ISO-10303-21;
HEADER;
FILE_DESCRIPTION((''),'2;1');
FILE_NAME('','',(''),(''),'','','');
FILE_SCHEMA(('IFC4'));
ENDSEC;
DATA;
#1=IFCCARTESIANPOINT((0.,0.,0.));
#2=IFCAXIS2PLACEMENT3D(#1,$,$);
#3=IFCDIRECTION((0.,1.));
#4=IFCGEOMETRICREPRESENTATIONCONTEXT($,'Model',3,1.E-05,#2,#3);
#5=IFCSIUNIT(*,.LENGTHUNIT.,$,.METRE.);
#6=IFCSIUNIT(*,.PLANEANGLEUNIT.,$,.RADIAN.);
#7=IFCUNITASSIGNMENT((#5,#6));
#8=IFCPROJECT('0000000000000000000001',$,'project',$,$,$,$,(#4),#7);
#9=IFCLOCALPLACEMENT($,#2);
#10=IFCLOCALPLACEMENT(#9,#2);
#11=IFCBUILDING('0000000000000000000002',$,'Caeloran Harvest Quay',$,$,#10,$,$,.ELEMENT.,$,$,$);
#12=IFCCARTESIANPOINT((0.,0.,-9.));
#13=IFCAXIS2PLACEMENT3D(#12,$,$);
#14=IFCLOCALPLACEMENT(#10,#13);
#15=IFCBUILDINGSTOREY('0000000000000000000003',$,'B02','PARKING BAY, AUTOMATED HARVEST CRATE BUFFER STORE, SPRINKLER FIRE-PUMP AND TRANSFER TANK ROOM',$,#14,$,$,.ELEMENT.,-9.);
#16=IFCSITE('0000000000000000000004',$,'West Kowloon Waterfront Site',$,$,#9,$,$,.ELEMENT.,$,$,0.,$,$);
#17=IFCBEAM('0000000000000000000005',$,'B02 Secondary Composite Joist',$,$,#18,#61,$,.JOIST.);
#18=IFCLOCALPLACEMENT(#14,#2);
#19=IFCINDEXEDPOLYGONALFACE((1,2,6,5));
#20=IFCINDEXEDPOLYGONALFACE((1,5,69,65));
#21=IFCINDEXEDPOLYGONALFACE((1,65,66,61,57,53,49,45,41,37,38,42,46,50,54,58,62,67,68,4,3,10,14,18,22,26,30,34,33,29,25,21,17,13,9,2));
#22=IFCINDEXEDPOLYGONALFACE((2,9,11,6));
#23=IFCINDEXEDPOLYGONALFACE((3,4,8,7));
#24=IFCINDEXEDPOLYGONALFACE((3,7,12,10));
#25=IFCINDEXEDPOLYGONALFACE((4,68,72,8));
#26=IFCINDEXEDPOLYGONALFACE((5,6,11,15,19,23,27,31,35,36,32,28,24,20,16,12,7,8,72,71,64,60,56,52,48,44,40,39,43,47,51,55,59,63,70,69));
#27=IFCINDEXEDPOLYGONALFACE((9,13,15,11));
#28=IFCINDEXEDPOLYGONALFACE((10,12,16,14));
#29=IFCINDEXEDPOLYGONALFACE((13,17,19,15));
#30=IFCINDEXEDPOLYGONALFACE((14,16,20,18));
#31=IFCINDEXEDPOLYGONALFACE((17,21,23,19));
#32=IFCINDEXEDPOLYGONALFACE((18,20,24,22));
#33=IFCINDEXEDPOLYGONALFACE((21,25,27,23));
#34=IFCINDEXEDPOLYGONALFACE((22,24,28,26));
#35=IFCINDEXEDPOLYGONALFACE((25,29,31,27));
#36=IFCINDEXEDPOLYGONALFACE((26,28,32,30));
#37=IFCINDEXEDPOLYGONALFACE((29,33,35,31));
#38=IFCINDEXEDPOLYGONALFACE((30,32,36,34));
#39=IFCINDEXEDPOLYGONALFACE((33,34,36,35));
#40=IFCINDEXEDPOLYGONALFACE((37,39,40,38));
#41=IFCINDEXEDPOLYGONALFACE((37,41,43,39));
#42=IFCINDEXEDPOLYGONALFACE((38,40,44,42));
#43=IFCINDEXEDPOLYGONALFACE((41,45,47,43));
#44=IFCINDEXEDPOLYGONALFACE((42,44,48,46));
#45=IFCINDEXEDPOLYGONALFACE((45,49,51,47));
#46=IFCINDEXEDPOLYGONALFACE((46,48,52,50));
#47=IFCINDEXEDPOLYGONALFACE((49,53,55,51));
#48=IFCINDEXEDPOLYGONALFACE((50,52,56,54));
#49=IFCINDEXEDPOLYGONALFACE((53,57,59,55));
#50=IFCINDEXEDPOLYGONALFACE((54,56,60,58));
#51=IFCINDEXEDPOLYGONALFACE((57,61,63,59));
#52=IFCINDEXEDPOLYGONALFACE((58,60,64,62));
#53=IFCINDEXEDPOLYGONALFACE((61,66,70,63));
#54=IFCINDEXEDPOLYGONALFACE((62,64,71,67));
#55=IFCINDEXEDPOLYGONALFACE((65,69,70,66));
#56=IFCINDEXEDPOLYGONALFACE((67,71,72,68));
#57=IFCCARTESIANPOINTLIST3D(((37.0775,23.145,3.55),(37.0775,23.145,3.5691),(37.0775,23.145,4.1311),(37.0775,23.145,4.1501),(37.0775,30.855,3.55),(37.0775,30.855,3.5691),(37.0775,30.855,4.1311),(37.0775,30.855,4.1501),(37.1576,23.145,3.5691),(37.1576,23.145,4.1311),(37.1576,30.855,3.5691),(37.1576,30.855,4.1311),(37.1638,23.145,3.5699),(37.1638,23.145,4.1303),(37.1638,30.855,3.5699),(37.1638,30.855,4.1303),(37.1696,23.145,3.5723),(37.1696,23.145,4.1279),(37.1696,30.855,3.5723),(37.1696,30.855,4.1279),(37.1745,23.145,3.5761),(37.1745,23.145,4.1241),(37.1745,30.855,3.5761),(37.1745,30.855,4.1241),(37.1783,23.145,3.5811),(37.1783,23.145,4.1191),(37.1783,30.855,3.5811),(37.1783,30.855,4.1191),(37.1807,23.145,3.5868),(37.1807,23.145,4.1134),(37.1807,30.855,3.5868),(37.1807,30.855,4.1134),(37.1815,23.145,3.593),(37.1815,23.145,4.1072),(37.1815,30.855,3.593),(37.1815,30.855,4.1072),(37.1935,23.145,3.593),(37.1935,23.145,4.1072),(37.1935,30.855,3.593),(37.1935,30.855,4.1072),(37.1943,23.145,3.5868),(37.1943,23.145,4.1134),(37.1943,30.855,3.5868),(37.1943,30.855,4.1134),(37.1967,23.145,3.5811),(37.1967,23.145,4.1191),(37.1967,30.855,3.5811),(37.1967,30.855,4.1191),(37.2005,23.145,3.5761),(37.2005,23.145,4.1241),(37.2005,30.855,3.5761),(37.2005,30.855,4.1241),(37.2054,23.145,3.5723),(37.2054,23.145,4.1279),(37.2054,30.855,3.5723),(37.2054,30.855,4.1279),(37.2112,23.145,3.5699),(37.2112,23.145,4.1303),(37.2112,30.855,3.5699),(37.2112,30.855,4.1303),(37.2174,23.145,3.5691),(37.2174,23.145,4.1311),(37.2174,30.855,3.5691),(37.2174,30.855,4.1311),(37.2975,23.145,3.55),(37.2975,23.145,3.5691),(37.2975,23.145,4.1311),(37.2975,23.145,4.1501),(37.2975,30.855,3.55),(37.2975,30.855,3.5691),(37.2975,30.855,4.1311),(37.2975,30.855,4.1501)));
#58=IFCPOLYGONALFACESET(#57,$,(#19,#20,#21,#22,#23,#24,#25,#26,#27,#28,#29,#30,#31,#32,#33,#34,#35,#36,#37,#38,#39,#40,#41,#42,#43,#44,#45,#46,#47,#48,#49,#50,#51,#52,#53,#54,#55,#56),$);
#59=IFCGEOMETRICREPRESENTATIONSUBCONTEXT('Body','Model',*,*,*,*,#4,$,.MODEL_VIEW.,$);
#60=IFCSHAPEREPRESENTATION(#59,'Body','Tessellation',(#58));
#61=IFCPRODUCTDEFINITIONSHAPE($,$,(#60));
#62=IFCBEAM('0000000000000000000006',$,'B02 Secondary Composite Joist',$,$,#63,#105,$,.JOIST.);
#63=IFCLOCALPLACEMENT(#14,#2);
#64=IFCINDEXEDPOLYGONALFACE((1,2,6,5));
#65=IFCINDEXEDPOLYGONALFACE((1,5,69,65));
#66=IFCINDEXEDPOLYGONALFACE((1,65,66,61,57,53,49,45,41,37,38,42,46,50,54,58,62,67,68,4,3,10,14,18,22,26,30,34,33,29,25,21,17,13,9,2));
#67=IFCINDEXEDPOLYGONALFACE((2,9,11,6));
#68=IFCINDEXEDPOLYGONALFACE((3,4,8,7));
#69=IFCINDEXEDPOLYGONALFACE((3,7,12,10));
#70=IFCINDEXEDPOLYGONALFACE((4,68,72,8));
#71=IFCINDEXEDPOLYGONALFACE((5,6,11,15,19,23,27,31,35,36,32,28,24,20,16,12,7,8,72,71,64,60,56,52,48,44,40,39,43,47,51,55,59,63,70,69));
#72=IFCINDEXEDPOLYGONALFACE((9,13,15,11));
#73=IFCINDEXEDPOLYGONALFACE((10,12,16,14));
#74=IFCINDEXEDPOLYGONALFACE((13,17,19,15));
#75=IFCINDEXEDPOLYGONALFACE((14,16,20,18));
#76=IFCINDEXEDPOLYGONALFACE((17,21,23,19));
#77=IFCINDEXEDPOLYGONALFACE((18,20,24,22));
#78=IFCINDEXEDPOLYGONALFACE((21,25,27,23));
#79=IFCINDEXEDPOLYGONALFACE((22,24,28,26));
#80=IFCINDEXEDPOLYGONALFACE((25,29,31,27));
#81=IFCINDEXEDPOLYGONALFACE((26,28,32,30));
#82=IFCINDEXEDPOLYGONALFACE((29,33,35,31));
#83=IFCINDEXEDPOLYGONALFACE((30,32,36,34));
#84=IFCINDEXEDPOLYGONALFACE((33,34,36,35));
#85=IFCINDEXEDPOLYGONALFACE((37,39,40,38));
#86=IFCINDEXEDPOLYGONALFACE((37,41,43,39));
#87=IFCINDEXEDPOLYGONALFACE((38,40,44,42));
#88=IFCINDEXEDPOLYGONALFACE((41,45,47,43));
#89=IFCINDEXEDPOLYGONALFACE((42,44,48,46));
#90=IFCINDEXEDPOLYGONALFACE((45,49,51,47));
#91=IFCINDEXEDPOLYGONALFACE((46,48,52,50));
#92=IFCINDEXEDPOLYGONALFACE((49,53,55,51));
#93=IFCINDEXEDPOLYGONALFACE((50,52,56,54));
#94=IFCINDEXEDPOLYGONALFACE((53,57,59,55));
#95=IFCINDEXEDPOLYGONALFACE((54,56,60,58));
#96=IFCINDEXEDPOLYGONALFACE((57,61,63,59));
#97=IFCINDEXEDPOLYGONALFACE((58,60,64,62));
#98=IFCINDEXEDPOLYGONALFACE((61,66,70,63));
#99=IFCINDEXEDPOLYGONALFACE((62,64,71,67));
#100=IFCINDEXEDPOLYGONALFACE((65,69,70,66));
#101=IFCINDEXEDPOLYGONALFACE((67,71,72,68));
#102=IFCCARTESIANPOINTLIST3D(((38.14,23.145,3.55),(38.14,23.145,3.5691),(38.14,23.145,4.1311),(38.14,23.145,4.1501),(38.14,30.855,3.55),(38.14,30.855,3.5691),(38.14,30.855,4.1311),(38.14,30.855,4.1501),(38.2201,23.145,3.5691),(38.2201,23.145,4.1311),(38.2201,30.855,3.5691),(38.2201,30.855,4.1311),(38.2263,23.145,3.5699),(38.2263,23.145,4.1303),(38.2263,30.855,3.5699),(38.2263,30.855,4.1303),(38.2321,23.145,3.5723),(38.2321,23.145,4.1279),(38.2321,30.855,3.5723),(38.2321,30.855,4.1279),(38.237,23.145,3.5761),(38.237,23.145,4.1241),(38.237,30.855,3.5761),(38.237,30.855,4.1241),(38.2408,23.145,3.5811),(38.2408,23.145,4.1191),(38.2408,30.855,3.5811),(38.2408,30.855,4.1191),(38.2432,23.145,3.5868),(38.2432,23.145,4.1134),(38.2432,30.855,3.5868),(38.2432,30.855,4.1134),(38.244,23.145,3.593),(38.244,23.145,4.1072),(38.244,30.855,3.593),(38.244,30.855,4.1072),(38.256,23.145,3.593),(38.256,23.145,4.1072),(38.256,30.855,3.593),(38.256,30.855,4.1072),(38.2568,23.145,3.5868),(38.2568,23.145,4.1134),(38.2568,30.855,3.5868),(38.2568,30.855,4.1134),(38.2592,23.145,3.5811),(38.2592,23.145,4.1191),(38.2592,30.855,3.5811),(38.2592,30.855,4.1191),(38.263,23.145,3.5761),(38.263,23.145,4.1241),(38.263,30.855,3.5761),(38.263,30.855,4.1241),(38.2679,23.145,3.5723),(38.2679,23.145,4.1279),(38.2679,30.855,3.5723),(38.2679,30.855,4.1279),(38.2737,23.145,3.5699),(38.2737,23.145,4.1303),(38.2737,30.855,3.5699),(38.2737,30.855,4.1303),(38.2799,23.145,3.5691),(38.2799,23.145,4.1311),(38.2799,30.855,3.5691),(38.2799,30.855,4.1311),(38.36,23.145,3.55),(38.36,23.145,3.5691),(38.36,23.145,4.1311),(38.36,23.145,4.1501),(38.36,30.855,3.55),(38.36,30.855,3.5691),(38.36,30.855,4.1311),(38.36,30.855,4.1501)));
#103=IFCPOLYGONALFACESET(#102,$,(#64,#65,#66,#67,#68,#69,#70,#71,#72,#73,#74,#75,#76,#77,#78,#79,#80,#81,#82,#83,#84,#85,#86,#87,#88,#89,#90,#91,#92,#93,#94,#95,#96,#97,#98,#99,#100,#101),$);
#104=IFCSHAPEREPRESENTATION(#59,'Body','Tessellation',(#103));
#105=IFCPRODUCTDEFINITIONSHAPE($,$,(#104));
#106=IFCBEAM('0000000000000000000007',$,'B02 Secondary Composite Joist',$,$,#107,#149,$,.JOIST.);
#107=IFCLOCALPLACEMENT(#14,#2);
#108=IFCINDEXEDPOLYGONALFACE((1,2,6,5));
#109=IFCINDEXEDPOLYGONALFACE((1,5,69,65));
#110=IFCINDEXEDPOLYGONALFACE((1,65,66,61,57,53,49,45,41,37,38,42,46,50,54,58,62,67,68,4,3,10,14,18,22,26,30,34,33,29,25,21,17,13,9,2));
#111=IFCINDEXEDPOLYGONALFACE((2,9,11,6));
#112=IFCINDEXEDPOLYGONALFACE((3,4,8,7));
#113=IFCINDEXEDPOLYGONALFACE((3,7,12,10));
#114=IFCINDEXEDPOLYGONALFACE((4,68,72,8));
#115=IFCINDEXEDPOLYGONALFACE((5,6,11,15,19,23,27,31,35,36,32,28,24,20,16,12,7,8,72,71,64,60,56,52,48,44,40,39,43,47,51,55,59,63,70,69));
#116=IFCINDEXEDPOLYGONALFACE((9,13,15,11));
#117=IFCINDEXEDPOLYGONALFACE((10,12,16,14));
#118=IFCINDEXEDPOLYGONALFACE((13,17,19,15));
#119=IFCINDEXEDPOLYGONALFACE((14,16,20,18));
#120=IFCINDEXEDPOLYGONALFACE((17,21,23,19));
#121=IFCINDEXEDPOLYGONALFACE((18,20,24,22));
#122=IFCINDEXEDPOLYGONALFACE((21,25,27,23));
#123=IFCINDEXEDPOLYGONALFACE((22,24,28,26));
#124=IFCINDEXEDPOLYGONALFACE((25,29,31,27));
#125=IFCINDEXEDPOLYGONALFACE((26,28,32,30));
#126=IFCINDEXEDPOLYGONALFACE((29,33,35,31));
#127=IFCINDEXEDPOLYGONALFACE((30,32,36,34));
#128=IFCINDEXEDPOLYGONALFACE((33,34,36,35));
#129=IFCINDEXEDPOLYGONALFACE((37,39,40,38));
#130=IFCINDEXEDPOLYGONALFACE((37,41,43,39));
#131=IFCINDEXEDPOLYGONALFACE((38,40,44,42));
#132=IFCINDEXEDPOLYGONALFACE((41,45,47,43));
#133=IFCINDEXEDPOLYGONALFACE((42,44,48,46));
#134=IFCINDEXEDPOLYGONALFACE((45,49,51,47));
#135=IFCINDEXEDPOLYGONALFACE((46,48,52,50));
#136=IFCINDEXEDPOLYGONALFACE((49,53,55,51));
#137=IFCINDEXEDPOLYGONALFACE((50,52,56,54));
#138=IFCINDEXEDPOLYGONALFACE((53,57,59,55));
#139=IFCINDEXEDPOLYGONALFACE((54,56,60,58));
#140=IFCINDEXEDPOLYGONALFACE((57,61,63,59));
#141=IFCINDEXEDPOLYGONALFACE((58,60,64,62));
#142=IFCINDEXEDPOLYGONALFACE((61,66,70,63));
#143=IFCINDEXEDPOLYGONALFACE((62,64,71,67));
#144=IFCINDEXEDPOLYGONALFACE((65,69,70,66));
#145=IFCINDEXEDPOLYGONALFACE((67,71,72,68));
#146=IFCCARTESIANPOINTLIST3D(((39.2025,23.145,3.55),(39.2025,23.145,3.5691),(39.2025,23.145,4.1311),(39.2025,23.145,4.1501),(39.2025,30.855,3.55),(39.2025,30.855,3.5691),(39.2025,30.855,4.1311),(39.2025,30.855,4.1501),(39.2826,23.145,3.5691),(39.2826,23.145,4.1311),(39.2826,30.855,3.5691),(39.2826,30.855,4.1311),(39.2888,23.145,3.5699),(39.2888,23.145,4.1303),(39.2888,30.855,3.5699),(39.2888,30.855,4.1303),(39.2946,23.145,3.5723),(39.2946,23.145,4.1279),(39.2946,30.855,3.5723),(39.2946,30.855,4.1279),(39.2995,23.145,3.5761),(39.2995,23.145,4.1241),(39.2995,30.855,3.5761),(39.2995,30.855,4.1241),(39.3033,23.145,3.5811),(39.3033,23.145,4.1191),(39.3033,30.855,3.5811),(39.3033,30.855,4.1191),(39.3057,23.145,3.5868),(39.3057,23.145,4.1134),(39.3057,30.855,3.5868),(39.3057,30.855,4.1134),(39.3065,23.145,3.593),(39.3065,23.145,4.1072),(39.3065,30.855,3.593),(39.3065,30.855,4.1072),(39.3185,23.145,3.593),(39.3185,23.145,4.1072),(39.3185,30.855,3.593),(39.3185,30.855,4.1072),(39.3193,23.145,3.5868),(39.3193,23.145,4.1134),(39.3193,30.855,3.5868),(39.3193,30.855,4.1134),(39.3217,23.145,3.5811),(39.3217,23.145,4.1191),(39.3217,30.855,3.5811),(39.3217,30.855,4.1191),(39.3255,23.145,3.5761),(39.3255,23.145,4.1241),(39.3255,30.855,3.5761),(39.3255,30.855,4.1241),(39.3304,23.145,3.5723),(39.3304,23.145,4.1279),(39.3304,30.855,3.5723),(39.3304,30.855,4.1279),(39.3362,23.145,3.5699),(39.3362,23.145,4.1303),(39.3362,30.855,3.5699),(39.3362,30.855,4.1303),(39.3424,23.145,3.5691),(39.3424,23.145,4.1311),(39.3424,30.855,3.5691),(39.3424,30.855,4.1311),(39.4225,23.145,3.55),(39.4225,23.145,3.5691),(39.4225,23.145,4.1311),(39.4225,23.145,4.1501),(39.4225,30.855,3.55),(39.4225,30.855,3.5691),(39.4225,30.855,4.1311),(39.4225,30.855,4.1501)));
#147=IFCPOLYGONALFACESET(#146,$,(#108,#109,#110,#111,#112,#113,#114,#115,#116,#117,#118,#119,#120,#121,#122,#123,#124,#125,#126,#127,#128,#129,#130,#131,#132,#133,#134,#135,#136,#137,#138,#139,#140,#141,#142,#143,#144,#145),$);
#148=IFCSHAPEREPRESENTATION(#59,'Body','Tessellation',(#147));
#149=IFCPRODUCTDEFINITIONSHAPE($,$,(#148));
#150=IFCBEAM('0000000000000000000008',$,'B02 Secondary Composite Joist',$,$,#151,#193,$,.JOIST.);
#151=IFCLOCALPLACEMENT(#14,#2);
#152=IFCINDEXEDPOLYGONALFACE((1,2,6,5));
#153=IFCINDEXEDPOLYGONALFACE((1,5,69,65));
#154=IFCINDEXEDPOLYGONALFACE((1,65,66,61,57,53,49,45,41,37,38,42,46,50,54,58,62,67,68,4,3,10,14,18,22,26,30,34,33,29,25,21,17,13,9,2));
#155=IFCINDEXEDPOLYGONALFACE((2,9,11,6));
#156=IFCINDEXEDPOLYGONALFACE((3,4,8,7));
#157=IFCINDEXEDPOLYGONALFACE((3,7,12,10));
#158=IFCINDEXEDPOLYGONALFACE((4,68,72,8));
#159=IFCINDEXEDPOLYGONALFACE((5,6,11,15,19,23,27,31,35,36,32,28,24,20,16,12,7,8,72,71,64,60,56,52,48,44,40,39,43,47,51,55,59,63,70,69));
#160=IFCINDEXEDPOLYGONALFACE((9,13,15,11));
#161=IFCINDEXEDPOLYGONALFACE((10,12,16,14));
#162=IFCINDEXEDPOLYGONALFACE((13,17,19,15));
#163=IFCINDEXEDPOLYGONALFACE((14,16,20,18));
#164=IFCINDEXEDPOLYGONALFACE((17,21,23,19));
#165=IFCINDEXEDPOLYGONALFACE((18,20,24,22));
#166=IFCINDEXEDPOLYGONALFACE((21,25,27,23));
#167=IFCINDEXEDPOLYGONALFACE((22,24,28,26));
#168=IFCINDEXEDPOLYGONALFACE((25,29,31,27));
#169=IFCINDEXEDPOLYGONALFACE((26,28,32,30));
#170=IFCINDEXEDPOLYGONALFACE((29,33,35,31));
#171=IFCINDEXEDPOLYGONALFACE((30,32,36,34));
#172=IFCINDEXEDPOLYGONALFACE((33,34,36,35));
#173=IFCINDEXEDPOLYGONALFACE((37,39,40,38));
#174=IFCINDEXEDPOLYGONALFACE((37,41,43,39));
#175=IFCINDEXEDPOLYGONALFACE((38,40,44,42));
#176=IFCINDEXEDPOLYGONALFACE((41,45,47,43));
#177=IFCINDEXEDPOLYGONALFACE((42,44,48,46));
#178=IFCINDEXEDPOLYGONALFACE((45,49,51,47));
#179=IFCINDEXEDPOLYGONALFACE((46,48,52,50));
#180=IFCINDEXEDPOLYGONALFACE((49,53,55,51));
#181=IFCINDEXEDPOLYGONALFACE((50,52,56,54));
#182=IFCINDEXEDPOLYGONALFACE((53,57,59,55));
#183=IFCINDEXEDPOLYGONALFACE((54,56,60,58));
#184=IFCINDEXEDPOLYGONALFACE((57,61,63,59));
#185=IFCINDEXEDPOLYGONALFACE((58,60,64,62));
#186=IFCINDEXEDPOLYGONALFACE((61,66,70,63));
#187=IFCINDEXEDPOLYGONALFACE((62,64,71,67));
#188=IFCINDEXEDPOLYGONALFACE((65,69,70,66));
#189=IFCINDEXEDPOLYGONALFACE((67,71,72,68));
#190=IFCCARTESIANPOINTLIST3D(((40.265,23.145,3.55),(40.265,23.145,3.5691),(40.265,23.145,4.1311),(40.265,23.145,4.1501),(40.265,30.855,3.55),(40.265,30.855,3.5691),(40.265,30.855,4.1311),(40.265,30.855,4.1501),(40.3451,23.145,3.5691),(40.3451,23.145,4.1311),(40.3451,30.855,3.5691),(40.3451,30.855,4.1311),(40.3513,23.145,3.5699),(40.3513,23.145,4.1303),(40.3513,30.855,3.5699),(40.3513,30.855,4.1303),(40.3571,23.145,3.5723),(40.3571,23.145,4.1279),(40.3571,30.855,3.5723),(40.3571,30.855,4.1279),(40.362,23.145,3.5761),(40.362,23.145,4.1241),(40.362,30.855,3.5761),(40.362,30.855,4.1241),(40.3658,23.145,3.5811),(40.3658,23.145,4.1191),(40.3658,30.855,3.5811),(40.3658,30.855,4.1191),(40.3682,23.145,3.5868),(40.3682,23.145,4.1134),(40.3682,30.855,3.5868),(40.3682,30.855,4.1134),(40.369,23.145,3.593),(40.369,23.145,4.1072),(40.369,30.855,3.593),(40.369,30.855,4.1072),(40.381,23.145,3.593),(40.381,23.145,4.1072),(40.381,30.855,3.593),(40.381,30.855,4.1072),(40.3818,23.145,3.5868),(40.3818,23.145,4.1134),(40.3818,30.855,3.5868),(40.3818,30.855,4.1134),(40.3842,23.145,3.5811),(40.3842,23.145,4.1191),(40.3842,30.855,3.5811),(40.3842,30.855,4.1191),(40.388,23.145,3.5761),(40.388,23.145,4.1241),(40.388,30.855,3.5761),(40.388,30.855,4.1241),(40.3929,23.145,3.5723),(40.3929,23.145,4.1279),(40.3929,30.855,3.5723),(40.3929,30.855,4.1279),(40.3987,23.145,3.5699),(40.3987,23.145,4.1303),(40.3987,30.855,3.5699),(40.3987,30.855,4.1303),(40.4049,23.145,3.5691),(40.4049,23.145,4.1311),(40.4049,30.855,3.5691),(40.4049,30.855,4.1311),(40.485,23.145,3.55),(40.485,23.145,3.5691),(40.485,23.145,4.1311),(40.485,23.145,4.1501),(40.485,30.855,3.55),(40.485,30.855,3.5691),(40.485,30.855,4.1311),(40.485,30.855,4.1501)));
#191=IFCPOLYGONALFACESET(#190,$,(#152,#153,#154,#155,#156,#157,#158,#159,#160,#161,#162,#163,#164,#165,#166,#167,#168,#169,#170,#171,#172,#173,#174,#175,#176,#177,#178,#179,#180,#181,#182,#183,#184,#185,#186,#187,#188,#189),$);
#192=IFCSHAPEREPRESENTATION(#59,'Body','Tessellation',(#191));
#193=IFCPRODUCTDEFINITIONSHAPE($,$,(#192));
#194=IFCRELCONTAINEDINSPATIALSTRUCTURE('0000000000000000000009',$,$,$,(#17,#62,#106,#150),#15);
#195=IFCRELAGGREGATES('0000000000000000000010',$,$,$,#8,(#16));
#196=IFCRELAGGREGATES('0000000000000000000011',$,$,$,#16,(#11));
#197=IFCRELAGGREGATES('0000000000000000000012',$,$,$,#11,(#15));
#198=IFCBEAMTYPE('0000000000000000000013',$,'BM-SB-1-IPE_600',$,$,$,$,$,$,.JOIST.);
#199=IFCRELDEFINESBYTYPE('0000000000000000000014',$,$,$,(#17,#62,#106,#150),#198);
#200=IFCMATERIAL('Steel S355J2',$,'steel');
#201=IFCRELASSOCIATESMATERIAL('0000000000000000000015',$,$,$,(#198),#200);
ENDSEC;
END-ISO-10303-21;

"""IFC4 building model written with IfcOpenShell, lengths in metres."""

from ifc_helpers import new_model, si_unit, direction, frame, origin, origin_2d, place, context, subcontext, project, spatial, i_section, extrude, material, material_profile, profile_set, type_object, element, save


model = new_model("IFC4")

# Units and contexts
model_context = context("Model", 3, precision=1e-05, world=origin(), true_north=direction((0.0, 1.0)))
body_context = subcontext(model_context, "Body", "Model", "MODEL_VIEW")
ifc_project = project(units=[si_unit("LENGTHUNIT", "METRE"), si_unit("PLANEANGLEUNIT", "RADIAN")], contexts=[model_context])

# Site, building, storey
site_placement = place(None, origin())
site = spatial("IfcSite", under=ifc_project, at=site_placement, Name="West Kowloon Waterfront Site", CompositionType="ELEMENT", RefElevation=0.0)
building_placement = place(site_placement, origin())
building = spatial("IfcBuilding", under=site, at=building_placement, Name="Caeloran Harvest Quay", CompositionType="ELEMENT")
storey_placement = place(building_placement, frame((0.0, 0.0, -9.0)))
storey = spatial("IfcBuildingStorey", under=building, at=storey_placement, Name="B02", Description="PARKING BAY, AUTOMATED HARVEST CRATE BUFFER STORE, SPRINKLER FIRE-PUMP AND TRANSFER TANK ROOM", CompositionType="ELEMENT", Elevation=-9.0)

# Beams
ifc_material_1 = material(Name="Steel S355J2", Category="steel")
ifc_material_profile_1 = material_profile(ifc_material_1, i_section(OverallWidth=0.22, OverallDepth=0.6001, WebThickness=0.012, FlangeThickness=0.019, FilletRadius=0.0239, at=origin_2d()), Name="IPE 600")
ifc_profile_set_1 = profile_set([ifc_material_profile_1], Name="Steel S355J2")
beam_type_1 = type_object("IfcBeamType", Name="BM-SB-1-IPE_600", PredefinedType="JOIST", material=ifc_profile_set_1)
for number, where, z_axis, x_axis, name in (
    (1, (37.1875, 23.145, 3.8501), (0.0, 1.0, 0.0), (-1.0, 0.0, 0.0), "B02 Secondary Composite Joist"),
    (2, (38.25, 23.145, 3.8501), (0.0, 1.0, 0.0), (-1.0, 0.0, 0.0), "B02 Secondary Composite Joist"),
    (3, (39.3125, 23.145, 3.8501), (0.0, 1.0, 0.0), (-1.0, 0.0, 0.0), "B02 Secondary Composite Joist"),
    (4, (40.375, 23.145, 3.8501), (0.0, 1.0, 0.0), (-1.0, 0.0, 0.0), "B02 Secondary Composite Joist"),
):
    element("IfcBeam", number, at=place(storey_placement, frame(where, z_axis=z_axis, x_axis=x_axis)), inside=storey, type_object=beam_type_1, Name=name, PredefinedType="JOIST", context=body_context, shape_type="SweptSolid", body=[
        extrude(i_section(OverallWidth=0.22, OverallDepth=0.6001, WebThickness=0.012, FlangeThickness=0.019, FilletRadius=0.0239, at=origin_2d()), origin(), (0.0, 0.0, 1.0), 7.71),
    ])

save(model, "model.ifc")
